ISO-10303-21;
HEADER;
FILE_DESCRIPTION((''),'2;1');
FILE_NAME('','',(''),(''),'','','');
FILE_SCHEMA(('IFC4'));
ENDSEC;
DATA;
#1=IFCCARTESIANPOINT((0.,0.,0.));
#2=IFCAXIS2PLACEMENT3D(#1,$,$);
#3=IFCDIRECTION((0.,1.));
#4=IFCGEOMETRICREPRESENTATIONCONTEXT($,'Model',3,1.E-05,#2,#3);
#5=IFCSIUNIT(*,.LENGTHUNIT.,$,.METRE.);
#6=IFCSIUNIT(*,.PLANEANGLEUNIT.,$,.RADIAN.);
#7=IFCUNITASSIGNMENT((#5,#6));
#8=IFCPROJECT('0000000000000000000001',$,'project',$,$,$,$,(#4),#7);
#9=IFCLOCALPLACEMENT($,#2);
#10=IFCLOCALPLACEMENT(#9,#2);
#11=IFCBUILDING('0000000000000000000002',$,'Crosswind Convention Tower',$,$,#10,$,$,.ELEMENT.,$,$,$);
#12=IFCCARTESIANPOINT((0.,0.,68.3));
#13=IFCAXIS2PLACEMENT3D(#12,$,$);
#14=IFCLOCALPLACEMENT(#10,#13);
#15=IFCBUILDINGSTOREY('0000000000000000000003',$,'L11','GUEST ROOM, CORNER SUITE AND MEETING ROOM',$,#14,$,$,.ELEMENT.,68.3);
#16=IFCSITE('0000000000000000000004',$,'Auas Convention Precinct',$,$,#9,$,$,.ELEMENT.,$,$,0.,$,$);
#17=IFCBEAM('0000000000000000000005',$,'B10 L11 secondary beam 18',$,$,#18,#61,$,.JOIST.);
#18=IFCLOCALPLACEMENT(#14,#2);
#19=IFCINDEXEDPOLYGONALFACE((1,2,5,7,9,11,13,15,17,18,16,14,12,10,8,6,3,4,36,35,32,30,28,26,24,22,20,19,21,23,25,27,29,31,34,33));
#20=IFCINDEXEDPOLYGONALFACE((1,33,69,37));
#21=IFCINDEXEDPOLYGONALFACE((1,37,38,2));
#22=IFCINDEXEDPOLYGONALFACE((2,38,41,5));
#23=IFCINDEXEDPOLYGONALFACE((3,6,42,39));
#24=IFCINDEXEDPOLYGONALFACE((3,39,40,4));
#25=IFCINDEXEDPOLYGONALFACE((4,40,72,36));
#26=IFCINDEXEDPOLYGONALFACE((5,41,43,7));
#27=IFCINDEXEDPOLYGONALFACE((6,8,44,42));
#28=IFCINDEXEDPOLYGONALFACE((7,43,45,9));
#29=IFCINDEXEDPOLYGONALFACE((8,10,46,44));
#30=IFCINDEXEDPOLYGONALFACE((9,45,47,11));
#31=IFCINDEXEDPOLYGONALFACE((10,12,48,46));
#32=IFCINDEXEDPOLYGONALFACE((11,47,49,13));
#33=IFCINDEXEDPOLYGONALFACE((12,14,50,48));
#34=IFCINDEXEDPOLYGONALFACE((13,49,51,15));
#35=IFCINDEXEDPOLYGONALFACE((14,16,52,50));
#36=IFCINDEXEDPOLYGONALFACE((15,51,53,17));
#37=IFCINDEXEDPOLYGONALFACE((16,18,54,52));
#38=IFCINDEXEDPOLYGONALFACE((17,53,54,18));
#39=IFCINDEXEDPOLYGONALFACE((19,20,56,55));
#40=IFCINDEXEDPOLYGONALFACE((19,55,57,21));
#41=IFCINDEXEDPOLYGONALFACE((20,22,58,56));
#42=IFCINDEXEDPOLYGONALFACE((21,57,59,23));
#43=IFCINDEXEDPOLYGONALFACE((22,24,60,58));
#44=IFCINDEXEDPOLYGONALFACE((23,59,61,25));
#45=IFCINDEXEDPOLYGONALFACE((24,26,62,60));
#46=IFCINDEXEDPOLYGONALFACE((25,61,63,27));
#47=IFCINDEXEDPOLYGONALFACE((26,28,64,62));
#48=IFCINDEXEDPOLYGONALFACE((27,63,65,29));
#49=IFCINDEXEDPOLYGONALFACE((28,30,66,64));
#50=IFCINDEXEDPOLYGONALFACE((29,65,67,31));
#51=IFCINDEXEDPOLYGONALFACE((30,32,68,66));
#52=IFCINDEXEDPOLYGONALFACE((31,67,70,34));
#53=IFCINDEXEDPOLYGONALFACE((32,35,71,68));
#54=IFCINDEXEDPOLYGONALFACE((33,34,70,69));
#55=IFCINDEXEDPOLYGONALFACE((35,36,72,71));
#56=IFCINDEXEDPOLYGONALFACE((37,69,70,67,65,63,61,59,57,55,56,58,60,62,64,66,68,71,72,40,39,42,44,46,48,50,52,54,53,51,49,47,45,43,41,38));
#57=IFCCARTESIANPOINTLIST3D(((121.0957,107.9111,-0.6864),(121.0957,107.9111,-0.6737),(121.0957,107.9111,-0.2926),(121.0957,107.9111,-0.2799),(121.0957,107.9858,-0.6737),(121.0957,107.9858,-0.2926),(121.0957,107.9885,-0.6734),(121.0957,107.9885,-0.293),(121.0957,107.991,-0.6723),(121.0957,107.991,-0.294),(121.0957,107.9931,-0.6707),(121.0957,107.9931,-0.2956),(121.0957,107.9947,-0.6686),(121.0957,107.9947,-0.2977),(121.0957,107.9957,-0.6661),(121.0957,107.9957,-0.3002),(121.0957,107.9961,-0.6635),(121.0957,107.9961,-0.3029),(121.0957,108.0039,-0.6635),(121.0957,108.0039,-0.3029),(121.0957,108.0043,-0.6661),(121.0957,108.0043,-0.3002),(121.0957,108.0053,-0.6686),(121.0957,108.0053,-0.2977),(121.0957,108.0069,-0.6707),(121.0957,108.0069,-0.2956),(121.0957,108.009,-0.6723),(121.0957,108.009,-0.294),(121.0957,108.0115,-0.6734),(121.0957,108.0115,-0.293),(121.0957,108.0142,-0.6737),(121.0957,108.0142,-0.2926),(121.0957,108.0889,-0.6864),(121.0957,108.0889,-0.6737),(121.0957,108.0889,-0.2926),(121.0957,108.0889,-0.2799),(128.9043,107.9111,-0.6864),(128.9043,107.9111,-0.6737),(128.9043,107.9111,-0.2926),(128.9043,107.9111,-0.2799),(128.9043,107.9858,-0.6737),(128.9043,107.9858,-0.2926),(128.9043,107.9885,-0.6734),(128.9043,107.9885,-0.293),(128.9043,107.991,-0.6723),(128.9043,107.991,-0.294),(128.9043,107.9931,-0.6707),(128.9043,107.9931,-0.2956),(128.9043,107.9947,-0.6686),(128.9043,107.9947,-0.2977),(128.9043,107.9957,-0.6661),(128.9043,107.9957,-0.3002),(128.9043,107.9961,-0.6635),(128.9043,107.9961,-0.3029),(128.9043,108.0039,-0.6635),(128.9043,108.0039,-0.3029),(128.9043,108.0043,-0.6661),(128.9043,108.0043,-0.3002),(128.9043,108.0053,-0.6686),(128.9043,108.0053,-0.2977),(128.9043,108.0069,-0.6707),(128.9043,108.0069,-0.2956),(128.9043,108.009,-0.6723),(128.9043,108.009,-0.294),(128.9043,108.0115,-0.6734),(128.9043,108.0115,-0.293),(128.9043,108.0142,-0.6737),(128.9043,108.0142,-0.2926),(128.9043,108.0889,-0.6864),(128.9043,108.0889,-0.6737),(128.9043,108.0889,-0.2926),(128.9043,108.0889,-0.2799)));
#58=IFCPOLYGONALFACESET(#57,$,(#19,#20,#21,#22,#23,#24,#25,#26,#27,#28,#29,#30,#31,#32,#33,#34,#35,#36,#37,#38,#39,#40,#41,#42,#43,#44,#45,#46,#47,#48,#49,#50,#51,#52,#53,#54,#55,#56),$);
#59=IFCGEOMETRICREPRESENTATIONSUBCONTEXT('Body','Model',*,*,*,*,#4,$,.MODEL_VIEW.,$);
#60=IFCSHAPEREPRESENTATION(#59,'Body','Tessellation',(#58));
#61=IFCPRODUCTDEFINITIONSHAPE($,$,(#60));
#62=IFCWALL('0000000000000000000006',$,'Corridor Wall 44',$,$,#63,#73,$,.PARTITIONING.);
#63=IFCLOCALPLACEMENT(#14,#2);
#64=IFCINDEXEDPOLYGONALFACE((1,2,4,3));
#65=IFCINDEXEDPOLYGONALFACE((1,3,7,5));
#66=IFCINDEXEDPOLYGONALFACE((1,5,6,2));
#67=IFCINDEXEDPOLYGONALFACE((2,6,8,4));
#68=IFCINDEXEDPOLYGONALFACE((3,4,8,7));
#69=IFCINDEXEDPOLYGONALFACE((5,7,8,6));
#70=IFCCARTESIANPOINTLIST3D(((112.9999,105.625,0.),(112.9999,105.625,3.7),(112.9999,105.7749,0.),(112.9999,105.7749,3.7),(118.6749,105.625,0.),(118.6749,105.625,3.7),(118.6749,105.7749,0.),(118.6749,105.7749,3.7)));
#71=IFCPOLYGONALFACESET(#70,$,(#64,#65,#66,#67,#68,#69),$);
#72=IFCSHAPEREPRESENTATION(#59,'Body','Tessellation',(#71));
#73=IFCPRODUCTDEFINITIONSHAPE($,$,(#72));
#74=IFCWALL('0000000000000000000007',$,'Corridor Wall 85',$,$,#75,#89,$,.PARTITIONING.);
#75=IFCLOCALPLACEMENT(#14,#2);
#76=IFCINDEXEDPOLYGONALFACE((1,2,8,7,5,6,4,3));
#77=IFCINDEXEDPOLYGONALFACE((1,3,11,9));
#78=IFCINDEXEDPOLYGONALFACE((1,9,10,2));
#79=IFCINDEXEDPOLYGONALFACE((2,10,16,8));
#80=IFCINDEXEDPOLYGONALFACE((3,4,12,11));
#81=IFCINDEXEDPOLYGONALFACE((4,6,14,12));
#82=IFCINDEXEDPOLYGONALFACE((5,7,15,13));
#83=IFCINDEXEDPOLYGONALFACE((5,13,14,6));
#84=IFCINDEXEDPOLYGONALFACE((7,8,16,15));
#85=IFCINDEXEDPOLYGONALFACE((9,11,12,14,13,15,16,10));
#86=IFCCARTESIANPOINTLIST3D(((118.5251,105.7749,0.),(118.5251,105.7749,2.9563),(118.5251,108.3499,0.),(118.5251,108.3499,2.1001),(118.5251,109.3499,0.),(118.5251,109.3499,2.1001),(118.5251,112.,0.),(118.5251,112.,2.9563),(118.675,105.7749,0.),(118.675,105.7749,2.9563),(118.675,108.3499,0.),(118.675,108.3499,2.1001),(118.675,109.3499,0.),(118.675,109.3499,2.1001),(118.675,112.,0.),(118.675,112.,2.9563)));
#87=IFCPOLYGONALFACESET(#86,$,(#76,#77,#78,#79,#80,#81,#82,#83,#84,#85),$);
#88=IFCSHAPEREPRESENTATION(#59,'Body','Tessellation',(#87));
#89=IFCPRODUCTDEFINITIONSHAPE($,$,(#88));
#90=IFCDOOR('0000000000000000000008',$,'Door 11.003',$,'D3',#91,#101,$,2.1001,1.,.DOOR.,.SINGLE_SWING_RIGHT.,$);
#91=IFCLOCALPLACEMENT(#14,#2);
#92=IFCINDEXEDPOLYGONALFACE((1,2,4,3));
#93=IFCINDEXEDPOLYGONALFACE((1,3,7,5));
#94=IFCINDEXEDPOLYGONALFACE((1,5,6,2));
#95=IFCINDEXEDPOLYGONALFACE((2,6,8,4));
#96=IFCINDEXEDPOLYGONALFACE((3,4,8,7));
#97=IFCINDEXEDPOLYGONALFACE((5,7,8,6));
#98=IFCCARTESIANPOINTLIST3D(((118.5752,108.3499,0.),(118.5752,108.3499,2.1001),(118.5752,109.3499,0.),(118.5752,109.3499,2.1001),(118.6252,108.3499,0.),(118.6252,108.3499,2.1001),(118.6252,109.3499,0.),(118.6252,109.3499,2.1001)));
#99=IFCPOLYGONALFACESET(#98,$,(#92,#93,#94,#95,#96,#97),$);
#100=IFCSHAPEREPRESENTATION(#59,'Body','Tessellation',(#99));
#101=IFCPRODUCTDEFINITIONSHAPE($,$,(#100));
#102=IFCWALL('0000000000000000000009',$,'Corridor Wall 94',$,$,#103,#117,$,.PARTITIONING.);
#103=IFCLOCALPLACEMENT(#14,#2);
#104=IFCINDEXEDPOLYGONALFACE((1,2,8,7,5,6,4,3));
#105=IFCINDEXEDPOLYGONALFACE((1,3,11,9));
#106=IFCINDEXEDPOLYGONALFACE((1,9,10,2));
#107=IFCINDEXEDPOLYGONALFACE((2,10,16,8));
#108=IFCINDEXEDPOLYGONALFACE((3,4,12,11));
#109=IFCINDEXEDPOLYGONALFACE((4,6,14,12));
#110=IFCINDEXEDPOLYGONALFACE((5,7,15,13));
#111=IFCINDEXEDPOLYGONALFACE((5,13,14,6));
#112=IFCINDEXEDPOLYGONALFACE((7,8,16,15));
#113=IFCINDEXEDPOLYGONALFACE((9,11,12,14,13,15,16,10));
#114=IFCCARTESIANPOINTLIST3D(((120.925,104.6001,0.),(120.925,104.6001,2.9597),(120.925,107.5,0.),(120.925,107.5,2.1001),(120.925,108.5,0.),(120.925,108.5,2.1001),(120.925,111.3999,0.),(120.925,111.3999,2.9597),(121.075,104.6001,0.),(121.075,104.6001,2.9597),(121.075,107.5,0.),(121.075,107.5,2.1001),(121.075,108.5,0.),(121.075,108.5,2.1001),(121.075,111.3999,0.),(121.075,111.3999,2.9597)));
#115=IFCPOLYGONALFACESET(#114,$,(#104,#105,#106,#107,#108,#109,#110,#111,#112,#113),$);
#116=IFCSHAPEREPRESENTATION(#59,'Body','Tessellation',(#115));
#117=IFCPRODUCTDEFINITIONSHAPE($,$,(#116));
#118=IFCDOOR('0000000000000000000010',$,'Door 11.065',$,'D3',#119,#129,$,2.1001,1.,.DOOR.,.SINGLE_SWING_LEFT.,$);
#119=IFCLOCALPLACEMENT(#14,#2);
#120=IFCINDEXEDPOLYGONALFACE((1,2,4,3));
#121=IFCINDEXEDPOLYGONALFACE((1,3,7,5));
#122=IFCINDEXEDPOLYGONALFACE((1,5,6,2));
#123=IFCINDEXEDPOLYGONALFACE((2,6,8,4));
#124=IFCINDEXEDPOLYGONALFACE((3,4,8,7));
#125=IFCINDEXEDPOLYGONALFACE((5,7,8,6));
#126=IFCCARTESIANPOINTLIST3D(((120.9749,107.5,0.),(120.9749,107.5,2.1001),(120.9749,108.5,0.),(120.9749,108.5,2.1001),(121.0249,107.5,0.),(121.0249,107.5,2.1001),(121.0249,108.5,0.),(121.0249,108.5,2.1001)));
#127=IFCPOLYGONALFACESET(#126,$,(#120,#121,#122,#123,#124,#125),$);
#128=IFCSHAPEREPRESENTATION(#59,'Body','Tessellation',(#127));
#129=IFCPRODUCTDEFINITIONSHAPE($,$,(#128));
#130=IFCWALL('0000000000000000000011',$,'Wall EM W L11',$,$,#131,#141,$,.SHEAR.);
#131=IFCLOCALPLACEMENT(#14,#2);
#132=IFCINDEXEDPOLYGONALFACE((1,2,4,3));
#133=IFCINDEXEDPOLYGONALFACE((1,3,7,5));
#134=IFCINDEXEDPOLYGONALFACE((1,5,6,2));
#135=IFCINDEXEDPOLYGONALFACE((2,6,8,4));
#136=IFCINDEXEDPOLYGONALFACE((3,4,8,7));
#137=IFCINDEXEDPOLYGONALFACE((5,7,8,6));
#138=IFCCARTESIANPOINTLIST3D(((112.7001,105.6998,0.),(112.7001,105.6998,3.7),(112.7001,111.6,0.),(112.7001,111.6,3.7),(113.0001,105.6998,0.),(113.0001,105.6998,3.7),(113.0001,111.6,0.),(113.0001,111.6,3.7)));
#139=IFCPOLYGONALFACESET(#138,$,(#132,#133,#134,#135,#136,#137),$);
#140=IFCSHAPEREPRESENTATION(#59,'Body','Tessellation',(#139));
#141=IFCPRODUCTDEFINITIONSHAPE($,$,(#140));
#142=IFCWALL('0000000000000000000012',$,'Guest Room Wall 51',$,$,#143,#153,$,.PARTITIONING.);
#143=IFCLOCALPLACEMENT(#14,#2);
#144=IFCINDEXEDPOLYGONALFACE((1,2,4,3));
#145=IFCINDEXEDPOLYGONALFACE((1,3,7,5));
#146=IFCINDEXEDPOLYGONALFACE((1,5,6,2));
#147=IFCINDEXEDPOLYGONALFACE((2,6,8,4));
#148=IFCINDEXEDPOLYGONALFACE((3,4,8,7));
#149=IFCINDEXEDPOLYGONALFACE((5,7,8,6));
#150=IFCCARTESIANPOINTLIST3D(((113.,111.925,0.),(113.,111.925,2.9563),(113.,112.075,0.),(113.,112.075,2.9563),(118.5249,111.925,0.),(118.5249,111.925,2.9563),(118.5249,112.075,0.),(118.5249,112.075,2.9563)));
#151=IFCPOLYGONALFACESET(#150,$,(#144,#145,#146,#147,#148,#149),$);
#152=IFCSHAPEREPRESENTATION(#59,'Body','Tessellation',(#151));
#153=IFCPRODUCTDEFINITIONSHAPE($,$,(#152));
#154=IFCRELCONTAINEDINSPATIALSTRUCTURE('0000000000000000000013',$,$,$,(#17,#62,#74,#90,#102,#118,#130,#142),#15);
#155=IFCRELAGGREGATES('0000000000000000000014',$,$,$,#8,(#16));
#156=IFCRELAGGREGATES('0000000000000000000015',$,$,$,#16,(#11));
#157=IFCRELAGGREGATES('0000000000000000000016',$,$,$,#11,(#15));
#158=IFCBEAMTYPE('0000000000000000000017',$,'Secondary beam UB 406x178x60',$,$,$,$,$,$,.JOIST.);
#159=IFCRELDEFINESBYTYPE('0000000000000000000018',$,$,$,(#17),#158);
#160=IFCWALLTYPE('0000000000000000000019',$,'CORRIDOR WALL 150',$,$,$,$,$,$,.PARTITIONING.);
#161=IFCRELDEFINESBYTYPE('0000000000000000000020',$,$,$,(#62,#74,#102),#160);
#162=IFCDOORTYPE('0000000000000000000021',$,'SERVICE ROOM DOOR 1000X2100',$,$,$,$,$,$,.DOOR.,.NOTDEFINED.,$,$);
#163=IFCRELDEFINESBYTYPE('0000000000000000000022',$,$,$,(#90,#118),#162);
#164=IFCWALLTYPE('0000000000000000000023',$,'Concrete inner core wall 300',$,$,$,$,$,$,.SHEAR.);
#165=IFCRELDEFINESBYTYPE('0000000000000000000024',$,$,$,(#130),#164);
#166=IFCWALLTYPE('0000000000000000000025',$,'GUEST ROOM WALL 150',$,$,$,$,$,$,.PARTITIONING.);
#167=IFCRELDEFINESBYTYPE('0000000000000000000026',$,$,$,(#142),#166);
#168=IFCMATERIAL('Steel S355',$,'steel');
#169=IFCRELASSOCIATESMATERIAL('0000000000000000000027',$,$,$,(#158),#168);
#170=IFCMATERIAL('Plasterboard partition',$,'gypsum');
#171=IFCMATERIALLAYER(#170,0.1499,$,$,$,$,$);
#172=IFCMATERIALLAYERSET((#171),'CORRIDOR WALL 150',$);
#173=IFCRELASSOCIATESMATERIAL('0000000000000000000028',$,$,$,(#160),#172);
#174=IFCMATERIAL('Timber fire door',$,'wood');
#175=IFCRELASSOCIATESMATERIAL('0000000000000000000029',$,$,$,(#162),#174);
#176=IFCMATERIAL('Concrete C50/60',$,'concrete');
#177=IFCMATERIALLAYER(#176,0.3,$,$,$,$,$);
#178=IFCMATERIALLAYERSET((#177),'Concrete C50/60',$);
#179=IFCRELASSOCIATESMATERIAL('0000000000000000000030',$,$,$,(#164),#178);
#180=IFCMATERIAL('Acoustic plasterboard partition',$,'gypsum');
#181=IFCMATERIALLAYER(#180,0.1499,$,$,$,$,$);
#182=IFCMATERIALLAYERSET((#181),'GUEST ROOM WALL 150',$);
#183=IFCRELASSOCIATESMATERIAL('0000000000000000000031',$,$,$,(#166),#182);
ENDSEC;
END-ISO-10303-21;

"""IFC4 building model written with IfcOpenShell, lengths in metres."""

from ifc_helpers import new_model, si_unit, direction, frame, frame_2d, origin, origin_2d, place, context, subcontext, project, spatial, rectangle, i_section, extrude, material, layer, layer_set, material_profile, profile_set, type_object, element, fill, save


model = new_model("IFC4")

# Units and contexts
model_context = context("Model", 3, precision=1e-05, world=origin(), true_north=direction((0.0, 1.0)))
body_context = subcontext(model_context, "Body", "Model", "MODEL_VIEW")
ifc_project = project(units=[si_unit("LENGTHUNIT", "METRE"), si_unit("PLANEANGLEUNIT", "RADIAN")], contexts=[model_context])

# Site, building, storey
site_placement = place(None, origin())
site = spatial("IfcSite", under=ifc_project, at=site_placement, Name="Auas Convention Precinct", CompositionType="ELEMENT", RefElevation=0.0)
building_placement = place(site_placement, origin())
building = spatial("IfcBuilding", under=site, at=building_placement, Name="Crosswind Convention Tower", CompositionType="ELEMENT")
storey_placement = place(building_placement, frame((0.0, 0.0, 68.3)))
storey = spatial("IfcBuildingStorey", under=building, at=storey_placement, Name="L11", Description="GUEST ROOM, CORNER SUITE AND MEETING ROOM", CompositionType="ELEMENT", Elevation=68.3)

# Beam
ifc_material_1 = material(Name="Steel S355", Category="steel")
ifc_material_profile_1 = material_profile(ifc_material_1, i_section(OverallWidth=0.1777, OverallDepth=0.4065, WebThickness=0.0078, FlangeThickness=0.0127, FilletRadius=0.0103, at=origin_2d()), Name="UB 406x178x60")
ifc_profile_set_1 = profile_set([ifc_material_profile_1], Name="Steel S355")
beam_type_1 = type_object("IfcBeamType", Name="Secondary beam UB 406x178x60", PredefinedType="JOIST", material=ifc_profile_set_1)
for number, where, z_axis, x_axis, name in (
    (1, (121.0957, 108.0, -0.4832), (1.0, 0.0, 0.0), (0.0, 1.0, 0.0), "B10 L11 secondary beam 18"),
):
    element("IfcBeam", number, at=place(storey_placement, frame(where, z_axis=z_axis, x_axis=x_axis)), inside=storey, type_object=beam_type_1, Name=name, PredefinedType="JOIST", context=body_context, shape_type="SweptSolid", body=[
        extrude(i_section(OverallWidth=0.1777, OverallDepth=0.4065, WebThickness=0.0078, FlangeThickness=0.0127, FilletRadius=0.0103, at=origin_2d()), origin(), (0.0, 0.0, 1.0), 7.8086),
    ])

# Wall
ifc_material_2 = material(Name="Plasterboard partition", Category="gypsum")
ifc_layer_1 = layer(ifc_material_2, 0.1499)
ifc_layer_set_1 = layer_set([ifc_layer_1], Name="CORRIDOR WALL 150")
wall_type_1 = type_object("IfcWallType", Name="CORRIDOR WALL 150", PredefinedType="PARTITIONING", material=ifc_layer_set_1)
wall_1_placement = place(storey_placement, frame((113.0, 105.7, 0.0), z_axis=(0.0, 0.0, 1.0), x_axis=(1.0, 0.0, 0.0)))
element("IfcWall", 2, at=wall_1_placement, inside=storey, type_object=wall_type_1, Name="Corridor Wall 44", PredefinedType="PARTITIONING", context=body_context, shape_type="SweptSolid", body=[
    extrude(rectangle(XDim=5.675, YDim=0.1499, at=frame_2d((2.8374, 0.0))), origin(), (0.0, 0.0, 1.0), 3.7),
])

# Walls, openings, doors
wall_2_placement = place(storey_placement, frame((118.6001, 105.7749, 0.0), z_axis=(0.0, 0.0, 1.0), x_axis=(0.0, 1.0, 0.0)))
wall_2 = element("IfcWall", 3, at=wall_2_placement, inside=storey, type_object=wall_type_1, Name="Corridor Wall 85", PredefinedType="PARTITIONING", context=body_context, shape_type="SweptSolid", body=[
    extrude(rectangle(XDim=6.2251, YDim=0.1499, at=frame_2d((3.1125, 0.0))), origin(), (0.0, 0.0, 1.0), 2.9563),
])
opening_1_placement = place(wall_2_placement, frame((2.575, 0.0, 0.0)))
opening_1 = element("IfcOpeningElement", 4, at=opening_1_placement, cuts=wall_2, PredefinedType="OPENING", context=body_context, shape_type="SweptSolid", body=[
    extrude(rectangle(XDim=1.0, YDim=2.1001, at=frame_2d((0.5, 1.05))), frame((0.0, 0.085, 0.0), z_axis=(0.0, -1.0, 0.0), x_axis=(1.0, 0.0, 0.0)), (0.0, 0.0, 1.0), 0.1699),
])
ifc_material_3 = material(Name="Timber fire door", Category="wood")
door_type_1 = type_object("IfcDoorType", Name="SERVICE ROOM DOOR 1000X2100", OperationType="NOTDEFINED", PredefinedType="DOOR", material=ifc_material_3)
door_1_placement = place(opening_1_placement, origin())
door_1 = element("IfcDoor", 5, at=door_1_placement, inside=storey, type_object=door_type_1, Name="Door 11.003", ObjectType="D3", OperationType="SINGLE_SWING_RIGHT", OverallHeight=2.1001, OverallWidth=1.0, PredefinedType="DOOR", context=body_context, shape_type="SweptSolid", body=[
    extrude(rectangle(XDim=1.0, YDim=2.1001, at=frame_2d((0.5, 1.05))), frame((0.0, 0.0249, 0.0), z_axis=(0.0, -1.0, 0.0), x_axis=(1.0, 0.0, 0.0)), (0.0, 0.0, 1.0), 0.05),
])
fill(opening_1, door_1)
wall_3_placement = place(storey_placement, frame((121.0, 104.6001, 0.0), z_axis=(0.0, 0.0, 1.0), x_axis=(0.0, 1.0, 0.0)))
wall_3 = element("IfcWall", 6, at=wall_3_placement, inside=storey, type_object=wall_type_1, Name="Corridor Wall 94", PredefinedType="PARTITIONING", context=body_context, shape_type="SweptSolid", body=[
    extrude(rectangle(XDim=6.7998, YDim=0.1499, at=frame_2d((3.3999, 0.0))), origin(), (0.0, 0.0, 1.0), 2.9597),
])
opening_2_placement = place(wall_3_placement, frame((2.8999, 0.0, 0.0)))
opening_2 = element("IfcOpeningElement", 7, at=opening_2_placement, cuts=wall_3, PredefinedType="OPENING", context=body_context, shape_type="SweptSolid", body=[
    extrude(rectangle(XDim=1.0, YDim=2.1001, at=frame_2d((0.5, 1.05))), frame((0.0, 0.085, 0.0), z_axis=(0.0, -1.0, 0.0), x_axis=(1.0, 0.0, 0.0)), (0.0, 0.0, 1.0), 0.1699),
])
door_2_placement = place(opening_2_placement, frame((1.0, 0.0, 0.0), z_axis=(0.0, 0.0, 1.0), x_axis=(-1.0, 0.0, 0.0)))
door_2 = element("IfcDoor", 8, at=door_2_placement, inside=storey, type_object=door_type_1, Name="Door 11.065", ObjectType="D3", OperationType="SINGLE_SWING_LEFT", OverallHeight=2.1001, OverallWidth=1.0, PredefinedType="DOOR", context=body_context, shape_type="SweptSolid", body=[
    extrude(rectangle(XDim=1.0, YDim=2.1001, at=frame_2d((0.5, 1.05))), frame((0.0, 0.0249, 0.0), z_axis=(0.0, -1.0, 0.0), x_axis=(1.0, 0.0, 0.0)), (0.0, 0.0, 1.0), 0.05),
])
fill(opening_2, door_2)

# Walls
ifc_material_4 = material(Name="Concrete C50/60", Category="concrete")
ifc_layer_2 = layer(ifc_material_4, 0.3)
ifc_layer_set_2 = layer_set([ifc_layer_2], Name="Concrete C50/60")
wall_type_2 = type_object("IfcWallType", Name="Concrete inner core wall 300", PredefinedType="SHEAR", material=ifc_layer_set_2)
wall_4_placement = place(storey_placement, frame((112.8501, 111.6001, 0.0), z_axis=(0.0, 0.0, 1.0), x_axis=(0.0, -1.0, 0.0)))
element("IfcWall", 9, at=wall_4_placement, inside=storey, type_object=wall_type_2, Name="Wall EM W L11", PredefinedType="SHEAR", context=body_context, shape_type="SweptSolid", body=[
    extrude(rectangle(XDim=5.9001, YDim=0.3, at=frame_2d((2.9502, 0.0))), origin(), (0.0, 0.0, 1.0), 3.7),
])
ifc_material_5 = material(Name="Acoustic plasterboard partition", Category="gypsum")
ifc_layer_3 = layer(ifc_material_5, 0.1499)
ifc_layer_set_3 = layer_set([ifc_layer_3], Name="GUEST ROOM WALL 150")
wall_type_3 = type_object("IfcWallType", Name="GUEST ROOM WALL 150", PredefinedType="PARTITIONING", material=ifc_layer_set_3)
wall_5_placement = place(storey_placement, frame((113.0, 112.0, 0.0), z_axis=(0.0, 0.0, 1.0), x_axis=(1.0, 0.0, 0.0)))
element("IfcWall", 10, at=wall_5_placement, inside=storey, type_object=wall_type_3, Name="Guest Room Wall 51", PredefinedType="PARTITIONING", context=body_context, shape_type="SweptSolid", body=[
    extrude(rectangle(XDim=5.5249, YDim=0.1499, at=frame_2d((2.7625, 0.0))), origin(), (0.0, 0.0, 1.0), 2.9563),
])

save(model, "model.ifc")
